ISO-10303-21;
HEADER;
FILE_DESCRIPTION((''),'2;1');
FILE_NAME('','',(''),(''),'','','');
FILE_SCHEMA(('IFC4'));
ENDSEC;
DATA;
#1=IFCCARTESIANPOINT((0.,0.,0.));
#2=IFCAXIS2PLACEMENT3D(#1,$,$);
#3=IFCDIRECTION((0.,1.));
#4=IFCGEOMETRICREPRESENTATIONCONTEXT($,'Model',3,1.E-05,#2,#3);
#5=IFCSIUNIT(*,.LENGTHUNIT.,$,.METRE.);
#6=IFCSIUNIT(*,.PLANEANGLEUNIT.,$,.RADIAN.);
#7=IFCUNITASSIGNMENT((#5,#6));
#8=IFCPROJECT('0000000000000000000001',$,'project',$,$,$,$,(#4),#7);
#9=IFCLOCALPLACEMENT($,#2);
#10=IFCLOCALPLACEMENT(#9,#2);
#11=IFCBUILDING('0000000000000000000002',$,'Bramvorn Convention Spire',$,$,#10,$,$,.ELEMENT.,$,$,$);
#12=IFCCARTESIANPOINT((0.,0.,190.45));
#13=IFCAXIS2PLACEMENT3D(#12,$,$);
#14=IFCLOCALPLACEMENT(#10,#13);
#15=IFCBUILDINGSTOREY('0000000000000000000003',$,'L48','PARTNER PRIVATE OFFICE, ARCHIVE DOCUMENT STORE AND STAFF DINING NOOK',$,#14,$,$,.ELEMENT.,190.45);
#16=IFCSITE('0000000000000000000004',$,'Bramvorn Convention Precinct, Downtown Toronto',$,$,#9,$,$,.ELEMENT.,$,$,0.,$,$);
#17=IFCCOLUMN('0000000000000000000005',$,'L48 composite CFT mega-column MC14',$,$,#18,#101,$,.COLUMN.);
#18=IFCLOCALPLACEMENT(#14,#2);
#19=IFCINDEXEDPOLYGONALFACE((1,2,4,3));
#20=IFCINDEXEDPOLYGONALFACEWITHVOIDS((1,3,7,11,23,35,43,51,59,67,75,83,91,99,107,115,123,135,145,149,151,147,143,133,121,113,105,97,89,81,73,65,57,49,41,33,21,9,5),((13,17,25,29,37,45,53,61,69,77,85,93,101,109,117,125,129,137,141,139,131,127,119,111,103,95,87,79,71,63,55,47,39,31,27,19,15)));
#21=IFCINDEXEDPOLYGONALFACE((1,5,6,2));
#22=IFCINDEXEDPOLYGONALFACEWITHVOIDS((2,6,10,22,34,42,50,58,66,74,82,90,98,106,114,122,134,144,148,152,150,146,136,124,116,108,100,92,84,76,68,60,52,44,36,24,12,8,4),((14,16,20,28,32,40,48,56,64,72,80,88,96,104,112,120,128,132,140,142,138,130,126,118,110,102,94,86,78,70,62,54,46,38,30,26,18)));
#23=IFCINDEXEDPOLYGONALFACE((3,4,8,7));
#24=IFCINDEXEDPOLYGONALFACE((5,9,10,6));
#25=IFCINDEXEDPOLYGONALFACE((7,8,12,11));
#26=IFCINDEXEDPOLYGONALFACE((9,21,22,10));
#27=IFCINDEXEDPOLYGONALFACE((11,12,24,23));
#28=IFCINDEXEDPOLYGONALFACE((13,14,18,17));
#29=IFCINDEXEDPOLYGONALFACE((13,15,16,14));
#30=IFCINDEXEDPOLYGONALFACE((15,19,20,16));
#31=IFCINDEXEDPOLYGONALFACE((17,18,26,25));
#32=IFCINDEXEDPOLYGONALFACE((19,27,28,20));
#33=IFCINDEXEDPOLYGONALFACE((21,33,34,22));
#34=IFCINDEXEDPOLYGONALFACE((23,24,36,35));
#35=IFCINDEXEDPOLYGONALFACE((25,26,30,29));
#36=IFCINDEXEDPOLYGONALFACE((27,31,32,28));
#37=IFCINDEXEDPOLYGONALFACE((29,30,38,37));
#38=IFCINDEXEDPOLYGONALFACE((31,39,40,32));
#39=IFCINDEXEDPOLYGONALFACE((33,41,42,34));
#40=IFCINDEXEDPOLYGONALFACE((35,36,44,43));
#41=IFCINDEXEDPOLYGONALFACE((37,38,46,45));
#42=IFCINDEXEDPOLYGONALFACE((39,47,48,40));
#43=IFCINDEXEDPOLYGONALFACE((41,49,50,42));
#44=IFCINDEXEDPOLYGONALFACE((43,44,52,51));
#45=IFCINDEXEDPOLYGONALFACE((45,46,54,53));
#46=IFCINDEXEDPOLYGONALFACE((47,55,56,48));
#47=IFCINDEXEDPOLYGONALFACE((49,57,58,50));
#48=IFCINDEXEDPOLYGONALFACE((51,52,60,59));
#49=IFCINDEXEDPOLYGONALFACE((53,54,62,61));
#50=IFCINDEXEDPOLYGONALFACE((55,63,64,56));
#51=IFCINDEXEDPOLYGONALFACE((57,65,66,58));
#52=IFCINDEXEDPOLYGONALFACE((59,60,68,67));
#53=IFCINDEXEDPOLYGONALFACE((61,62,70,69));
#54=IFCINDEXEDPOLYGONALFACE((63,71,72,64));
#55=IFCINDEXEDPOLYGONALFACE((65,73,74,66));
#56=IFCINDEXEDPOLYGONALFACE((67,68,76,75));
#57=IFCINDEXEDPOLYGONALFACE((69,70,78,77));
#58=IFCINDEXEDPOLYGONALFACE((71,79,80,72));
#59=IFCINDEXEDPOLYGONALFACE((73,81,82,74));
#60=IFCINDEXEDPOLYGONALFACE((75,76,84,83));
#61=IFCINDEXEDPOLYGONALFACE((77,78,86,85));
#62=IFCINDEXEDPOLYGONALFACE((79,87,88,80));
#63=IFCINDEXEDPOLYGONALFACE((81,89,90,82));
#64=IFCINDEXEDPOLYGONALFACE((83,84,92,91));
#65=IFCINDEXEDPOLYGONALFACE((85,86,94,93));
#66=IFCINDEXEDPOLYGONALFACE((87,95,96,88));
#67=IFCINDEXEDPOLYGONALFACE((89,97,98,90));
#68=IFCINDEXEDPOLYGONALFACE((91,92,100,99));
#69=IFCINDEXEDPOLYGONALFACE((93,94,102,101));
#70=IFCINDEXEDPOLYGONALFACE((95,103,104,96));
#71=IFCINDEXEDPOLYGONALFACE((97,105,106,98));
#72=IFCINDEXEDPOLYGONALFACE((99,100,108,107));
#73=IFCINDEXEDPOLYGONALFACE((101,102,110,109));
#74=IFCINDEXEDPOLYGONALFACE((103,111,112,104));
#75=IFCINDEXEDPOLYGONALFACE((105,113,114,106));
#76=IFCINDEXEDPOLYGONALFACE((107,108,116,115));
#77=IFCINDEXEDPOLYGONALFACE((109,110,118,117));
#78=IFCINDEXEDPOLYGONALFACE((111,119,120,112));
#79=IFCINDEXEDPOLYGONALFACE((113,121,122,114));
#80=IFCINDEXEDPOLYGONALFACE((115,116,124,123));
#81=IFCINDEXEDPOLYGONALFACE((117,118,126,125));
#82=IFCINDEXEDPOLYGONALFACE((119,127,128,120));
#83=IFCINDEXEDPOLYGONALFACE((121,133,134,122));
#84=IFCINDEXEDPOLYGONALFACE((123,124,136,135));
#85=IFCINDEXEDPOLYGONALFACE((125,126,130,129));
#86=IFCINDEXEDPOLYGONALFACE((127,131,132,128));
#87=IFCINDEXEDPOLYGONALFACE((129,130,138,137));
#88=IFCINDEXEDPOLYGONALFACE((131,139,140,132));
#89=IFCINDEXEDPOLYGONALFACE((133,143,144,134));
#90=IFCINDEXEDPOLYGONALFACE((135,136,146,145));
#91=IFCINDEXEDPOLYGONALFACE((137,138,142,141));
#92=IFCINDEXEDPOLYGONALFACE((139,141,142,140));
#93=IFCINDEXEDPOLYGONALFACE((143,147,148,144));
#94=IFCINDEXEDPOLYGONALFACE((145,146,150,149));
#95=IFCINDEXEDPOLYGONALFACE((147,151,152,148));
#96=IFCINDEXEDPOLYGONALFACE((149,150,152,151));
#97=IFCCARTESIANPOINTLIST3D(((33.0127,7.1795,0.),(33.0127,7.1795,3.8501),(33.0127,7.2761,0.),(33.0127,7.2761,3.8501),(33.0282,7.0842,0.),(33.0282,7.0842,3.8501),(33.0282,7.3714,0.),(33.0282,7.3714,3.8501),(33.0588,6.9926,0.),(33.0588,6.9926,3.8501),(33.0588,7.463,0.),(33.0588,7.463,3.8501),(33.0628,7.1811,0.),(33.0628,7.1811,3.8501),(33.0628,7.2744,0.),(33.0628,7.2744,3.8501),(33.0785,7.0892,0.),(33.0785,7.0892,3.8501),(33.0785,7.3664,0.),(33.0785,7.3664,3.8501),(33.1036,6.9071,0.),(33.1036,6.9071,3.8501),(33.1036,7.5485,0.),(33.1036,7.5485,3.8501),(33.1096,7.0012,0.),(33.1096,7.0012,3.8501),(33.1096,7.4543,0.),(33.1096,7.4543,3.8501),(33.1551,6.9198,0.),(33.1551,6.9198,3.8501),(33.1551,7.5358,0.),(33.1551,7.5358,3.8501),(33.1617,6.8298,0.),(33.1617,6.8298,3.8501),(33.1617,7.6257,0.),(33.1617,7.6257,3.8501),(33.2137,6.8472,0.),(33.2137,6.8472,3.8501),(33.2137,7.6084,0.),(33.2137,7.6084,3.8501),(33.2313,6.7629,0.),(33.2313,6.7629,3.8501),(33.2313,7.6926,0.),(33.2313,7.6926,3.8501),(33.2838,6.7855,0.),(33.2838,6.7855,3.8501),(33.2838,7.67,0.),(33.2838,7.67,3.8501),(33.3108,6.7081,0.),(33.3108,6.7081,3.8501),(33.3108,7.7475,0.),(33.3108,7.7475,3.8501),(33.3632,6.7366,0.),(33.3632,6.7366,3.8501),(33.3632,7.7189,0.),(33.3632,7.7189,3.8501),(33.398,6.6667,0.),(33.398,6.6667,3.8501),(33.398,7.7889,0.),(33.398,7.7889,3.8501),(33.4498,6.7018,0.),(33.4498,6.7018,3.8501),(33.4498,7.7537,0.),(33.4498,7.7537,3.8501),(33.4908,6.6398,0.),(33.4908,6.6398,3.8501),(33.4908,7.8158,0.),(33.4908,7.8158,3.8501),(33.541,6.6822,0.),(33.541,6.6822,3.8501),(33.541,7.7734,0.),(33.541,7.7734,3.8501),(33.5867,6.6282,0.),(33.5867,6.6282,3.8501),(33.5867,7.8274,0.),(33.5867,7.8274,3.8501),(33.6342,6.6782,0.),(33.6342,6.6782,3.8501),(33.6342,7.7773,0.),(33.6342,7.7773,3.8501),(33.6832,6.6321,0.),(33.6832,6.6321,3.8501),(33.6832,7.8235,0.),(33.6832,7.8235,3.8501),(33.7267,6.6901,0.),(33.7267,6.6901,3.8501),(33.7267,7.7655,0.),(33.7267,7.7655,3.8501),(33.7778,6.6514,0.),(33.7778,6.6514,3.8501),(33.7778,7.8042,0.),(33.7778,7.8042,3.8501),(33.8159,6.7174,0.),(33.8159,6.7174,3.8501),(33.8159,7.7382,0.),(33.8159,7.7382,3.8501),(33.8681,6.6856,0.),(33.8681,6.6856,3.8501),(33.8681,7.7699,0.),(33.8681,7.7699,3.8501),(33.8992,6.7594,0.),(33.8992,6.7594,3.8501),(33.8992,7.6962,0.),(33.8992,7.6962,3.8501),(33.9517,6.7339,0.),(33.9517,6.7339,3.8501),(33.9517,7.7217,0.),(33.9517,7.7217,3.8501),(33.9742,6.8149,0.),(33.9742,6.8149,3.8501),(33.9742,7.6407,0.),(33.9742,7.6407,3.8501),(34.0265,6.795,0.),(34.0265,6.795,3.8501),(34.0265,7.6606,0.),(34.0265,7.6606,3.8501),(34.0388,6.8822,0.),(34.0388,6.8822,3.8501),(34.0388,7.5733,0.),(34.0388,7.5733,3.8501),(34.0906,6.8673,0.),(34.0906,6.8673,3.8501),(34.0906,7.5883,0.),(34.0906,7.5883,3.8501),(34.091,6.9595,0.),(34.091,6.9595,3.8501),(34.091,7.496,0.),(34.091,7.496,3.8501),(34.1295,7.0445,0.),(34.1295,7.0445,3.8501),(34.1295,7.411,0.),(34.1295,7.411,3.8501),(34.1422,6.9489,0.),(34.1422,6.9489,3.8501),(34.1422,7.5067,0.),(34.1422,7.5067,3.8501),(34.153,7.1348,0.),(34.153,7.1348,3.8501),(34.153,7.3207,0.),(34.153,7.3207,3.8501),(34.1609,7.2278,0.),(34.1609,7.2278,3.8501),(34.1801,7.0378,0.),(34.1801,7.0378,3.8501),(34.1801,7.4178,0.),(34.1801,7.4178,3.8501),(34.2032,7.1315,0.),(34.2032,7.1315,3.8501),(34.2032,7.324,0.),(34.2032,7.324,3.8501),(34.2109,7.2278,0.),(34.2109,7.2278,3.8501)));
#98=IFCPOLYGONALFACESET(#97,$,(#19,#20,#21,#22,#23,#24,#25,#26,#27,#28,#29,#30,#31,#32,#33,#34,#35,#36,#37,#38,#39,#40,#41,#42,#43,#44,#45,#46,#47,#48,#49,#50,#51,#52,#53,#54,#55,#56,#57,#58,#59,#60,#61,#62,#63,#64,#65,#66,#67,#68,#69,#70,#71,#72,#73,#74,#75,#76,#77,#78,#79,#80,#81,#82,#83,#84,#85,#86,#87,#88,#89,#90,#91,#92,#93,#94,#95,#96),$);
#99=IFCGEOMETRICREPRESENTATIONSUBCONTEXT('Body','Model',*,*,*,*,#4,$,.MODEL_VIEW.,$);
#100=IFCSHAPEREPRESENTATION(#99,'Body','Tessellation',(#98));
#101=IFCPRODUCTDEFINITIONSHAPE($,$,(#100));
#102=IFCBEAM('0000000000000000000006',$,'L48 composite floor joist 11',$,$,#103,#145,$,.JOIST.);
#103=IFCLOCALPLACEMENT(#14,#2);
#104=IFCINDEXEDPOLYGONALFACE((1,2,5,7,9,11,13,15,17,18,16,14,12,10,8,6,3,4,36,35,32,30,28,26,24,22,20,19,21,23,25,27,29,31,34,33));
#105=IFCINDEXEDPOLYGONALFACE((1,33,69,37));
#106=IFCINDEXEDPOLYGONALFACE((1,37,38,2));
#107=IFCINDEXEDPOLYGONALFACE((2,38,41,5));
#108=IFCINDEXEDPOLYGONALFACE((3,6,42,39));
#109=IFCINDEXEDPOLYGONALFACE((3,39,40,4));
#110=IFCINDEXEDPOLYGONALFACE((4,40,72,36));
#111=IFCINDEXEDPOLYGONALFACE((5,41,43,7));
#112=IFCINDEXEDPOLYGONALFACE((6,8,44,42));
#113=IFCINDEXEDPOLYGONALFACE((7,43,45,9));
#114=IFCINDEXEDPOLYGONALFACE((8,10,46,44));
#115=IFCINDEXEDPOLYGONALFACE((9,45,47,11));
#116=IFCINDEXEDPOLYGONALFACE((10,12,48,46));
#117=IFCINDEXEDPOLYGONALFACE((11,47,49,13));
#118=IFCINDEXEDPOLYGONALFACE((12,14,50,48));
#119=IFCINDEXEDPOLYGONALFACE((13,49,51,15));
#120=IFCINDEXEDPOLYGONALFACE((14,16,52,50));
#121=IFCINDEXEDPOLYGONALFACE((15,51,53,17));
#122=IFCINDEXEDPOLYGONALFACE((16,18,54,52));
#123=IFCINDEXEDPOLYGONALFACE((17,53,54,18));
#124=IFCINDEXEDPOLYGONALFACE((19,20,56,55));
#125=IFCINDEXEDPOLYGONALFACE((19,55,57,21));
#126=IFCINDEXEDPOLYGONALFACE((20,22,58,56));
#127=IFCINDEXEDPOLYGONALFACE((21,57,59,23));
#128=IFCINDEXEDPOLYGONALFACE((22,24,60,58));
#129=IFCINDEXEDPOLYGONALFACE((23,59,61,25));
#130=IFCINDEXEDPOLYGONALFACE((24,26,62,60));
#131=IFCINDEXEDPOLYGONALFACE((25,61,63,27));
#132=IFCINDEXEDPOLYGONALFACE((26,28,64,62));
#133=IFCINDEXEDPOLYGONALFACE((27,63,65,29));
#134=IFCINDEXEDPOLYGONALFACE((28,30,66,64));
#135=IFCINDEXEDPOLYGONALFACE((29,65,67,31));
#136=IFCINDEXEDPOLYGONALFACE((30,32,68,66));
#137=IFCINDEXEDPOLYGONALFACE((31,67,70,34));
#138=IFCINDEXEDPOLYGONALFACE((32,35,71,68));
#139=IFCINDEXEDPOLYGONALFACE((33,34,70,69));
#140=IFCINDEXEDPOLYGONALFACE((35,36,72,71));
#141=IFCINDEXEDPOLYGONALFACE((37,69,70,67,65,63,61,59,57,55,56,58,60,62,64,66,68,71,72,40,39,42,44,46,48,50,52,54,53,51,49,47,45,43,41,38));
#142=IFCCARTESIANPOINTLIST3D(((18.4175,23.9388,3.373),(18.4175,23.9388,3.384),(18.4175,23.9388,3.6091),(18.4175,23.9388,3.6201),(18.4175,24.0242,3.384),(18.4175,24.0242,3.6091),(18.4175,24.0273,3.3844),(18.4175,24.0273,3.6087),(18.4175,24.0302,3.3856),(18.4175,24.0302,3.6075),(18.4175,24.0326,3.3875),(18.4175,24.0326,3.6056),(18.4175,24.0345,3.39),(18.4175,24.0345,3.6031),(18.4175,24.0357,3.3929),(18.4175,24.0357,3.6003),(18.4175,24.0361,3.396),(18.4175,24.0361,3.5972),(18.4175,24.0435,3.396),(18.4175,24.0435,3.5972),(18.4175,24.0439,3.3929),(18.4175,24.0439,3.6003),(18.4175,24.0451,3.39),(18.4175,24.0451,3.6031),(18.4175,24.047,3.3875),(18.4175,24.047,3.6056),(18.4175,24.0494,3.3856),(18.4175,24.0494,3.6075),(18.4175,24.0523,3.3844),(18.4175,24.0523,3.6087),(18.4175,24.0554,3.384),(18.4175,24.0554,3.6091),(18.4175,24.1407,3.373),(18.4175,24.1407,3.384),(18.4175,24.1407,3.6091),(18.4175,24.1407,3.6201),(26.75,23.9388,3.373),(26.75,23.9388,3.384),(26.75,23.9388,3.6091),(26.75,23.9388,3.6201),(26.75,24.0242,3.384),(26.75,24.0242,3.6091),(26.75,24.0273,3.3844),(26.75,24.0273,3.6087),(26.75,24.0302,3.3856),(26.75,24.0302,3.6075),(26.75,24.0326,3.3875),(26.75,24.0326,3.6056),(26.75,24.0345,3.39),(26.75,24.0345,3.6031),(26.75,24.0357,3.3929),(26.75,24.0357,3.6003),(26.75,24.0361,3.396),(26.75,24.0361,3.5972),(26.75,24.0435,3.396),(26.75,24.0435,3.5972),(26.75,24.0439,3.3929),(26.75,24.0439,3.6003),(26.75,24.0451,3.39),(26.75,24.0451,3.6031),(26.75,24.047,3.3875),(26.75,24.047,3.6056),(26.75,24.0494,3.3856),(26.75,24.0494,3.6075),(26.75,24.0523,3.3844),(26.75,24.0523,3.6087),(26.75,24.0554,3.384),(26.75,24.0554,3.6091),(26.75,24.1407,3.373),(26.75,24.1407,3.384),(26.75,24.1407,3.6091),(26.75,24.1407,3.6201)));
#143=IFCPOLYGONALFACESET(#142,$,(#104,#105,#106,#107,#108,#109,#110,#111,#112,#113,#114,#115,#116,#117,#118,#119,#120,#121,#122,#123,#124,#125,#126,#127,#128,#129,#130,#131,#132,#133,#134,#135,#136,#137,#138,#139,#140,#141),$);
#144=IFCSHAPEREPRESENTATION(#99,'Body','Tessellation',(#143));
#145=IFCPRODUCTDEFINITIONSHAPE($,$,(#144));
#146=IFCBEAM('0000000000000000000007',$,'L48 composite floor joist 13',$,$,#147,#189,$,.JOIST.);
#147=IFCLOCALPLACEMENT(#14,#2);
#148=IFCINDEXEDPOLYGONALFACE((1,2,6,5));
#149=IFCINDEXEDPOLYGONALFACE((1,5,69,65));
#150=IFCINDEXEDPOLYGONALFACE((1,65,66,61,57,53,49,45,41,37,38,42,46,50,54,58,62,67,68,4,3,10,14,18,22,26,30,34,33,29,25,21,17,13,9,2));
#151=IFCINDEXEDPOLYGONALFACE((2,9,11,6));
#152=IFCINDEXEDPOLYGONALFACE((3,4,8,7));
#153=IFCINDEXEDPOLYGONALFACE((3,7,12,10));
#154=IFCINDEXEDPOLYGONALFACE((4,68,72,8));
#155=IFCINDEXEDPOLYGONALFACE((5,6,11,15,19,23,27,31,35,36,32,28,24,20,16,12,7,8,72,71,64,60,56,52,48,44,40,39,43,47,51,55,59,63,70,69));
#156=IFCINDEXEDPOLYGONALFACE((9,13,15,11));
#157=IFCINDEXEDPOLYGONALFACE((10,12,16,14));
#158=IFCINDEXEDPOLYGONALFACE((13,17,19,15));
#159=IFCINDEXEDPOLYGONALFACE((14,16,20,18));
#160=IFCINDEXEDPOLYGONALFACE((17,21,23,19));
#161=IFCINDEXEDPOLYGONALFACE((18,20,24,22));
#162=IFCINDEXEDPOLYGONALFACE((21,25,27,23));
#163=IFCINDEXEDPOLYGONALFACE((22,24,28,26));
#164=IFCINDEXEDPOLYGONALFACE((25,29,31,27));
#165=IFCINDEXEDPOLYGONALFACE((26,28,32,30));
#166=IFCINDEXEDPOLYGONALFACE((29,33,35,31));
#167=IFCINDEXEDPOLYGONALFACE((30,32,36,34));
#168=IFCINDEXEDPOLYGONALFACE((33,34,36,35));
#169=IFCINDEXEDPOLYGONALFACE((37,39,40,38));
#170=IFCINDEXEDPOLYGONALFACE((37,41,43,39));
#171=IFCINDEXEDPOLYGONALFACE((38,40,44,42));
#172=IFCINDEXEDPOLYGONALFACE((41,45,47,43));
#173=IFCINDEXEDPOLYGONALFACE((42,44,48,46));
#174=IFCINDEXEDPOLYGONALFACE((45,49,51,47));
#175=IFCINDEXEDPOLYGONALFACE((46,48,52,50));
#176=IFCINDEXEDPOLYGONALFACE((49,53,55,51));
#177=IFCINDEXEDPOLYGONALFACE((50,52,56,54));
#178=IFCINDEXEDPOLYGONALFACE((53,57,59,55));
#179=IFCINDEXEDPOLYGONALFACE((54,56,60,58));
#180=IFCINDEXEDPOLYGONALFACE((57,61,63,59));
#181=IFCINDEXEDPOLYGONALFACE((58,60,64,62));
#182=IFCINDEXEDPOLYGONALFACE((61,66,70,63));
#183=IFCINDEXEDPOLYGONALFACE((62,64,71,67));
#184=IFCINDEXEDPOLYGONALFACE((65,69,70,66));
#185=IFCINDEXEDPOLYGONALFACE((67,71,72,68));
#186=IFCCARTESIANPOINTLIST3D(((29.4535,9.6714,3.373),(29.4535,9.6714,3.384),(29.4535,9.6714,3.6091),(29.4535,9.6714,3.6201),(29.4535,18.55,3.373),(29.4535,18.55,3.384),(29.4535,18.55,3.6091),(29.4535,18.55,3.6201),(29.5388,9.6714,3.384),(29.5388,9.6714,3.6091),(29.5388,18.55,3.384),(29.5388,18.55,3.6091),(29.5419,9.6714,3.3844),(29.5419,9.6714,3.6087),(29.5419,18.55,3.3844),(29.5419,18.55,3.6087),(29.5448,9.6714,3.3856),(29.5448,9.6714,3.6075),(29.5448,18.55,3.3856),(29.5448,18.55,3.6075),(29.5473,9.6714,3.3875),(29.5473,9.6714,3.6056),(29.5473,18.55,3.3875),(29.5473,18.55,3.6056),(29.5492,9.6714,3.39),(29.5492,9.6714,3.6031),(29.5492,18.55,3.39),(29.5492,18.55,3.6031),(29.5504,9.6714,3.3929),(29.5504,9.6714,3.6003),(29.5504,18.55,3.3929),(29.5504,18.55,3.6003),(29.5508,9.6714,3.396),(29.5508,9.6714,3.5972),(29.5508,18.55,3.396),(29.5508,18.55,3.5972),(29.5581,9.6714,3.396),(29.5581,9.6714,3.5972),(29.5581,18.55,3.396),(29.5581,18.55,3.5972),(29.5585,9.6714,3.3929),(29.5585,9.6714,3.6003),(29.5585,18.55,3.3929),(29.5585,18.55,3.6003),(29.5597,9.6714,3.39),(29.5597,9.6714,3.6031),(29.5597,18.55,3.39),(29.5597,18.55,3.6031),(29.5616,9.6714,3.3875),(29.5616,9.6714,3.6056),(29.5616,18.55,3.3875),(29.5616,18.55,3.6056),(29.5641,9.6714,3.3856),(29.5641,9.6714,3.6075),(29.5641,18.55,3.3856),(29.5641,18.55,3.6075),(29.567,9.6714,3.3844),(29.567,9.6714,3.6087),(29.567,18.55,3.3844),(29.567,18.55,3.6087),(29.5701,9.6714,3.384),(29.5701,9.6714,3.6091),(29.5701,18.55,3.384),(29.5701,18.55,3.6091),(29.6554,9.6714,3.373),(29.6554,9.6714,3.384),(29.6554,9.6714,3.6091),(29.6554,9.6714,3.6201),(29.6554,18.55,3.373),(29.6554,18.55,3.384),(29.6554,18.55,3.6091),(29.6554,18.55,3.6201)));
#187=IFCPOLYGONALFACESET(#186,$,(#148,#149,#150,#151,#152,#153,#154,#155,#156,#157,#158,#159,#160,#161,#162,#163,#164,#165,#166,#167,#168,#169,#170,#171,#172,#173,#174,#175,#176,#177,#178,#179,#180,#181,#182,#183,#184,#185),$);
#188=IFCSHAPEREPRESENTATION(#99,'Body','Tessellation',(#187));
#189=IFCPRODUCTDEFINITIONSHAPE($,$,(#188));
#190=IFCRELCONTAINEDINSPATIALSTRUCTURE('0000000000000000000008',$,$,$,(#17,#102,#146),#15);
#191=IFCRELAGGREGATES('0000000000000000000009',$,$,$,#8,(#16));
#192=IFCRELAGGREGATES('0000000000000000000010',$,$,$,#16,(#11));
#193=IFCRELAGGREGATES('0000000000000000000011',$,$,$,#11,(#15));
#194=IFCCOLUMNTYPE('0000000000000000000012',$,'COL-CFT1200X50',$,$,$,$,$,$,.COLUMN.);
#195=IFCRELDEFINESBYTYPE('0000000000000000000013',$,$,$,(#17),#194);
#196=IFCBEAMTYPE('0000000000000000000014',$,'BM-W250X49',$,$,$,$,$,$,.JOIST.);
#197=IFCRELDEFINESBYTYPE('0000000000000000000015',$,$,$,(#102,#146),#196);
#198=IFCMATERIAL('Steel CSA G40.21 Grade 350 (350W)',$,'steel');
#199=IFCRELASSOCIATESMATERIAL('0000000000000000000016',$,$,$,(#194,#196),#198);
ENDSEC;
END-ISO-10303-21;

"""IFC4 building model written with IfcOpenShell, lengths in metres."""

from ifc_helpers import new_model, si_unit, direction, frame, origin, origin_2d, place, context, subcontext, project, spatial, hollow_circle, i_section, extrude, material, material_profile, profile_set, type_object, element, save


model = new_model("IFC4")

# Units and contexts
model_context = context("Model", 3, precision=1e-05, world=origin(), true_north=direction((0.0, 1.0)))
body_context = subcontext(model_context, "Body", "Model", "MODEL_VIEW")
ifc_project = project(units=[si_unit("LENGTHUNIT", "METRE"), si_unit("PLANEANGLEUNIT", "RADIAN")], contexts=[model_context])

# Site, building, storey
site_placement = place(None, origin())
site = spatial("IfcSite", under=ifc_project, at=site_placement, Name="Bramvorn Convention Precinct, Downtown Toronto", CompositionType="ELEMENT", RefElevation=0.0)
building_placement = place(site_placement, origin())
building = spatial("IfcBuilding", under=site, at=building_placement, Name="Bramvorn Convention Spire", CompositionType="ELEMENT")
storey_placement = place(building_placement, frame((0.0, 0.0, 190.45)))
storey = spatial("IfcBuildingStorey", under=building, at=storey_placement, Name="L48", Description="PARTNER PRIVATE OFFICE, ARCHIVE DOCUMENT STORE AND STAFF DINING NOOK", CompositionType="ELEMENT", Elevation=190.45)

# Column
ifc_material_1 = material(Name="Steel CSA G40.21 Grade 350 (350W)", Category="steel")
ifc_material_profile_1 = material_profile(ifc_material_1, hollow_circle(Radius=0.6001, WallThickness=0.05, at=origin_2d()))
ifc_profile_set_1 = profile_set([ifc_material_profile_1], Name="Steel CSA G40.21 Grade 350 (350W) - CFT1200X50")
column_type = type_object("IfcColumnType", Name="COL-CFT1200X50", PredefinedType="COLUMN", material=ifc_profile_set_1)
column_placement = place(storey_placement, frame((33.6108, 7.2278, 0.0), z_axis=(0.0, 0.0, 1.0), x_axis=(1.0, 0.0, 0.0)))
element("IfcColumn", 1, at=column_placement, inside=storey, type_object=column_type, Name="L48 composite CFT mega-column MC14", PredefinedType="COLUMN", context=body_context, shape_type="SweptSolid", body=[
    extrude(hollow_circle(Radius=0.6001, WallThickness=0.05, at=origin_2d()), origin(), (0.0, 0.0, 1.0), 3.8501),
])

# Beams
ifc_material_profile_2 = material_profile(ifc_material_1, i_section(OverallWidth=0.2019, OverallDepth=0.2471, WebThickness=0.0073, FlangeThickness=0.011, FilletRadius=0.012, at=origin_2d()))
ifc_profile_set_2 = profile_set([ifc_material_profile_2], Name="Steel CSA G40.21 Grade 350 (350W) - W250X49")
beam_type_1 = type_object("IfcBeamType", Name="BM-W250X49", PredefinedType="JOIST", material=ifc_profile_set_2)
beam_1_placement = place(storey_placement, frame((26.75, 24.0398, 3.4966), z_axis=(-1.0, 0.0, 0.0), x_axis=(0.0, -1.0, 0.0)))
element("IfcBeam", 2, at=beam_1_placement, inside=storey, type_object=beam_type_1, Name="L48 composite floor joist 11", PredefinedType="JOIST", context=body_context, shape_type="SweptSolid", body=[
    extrude(i_section(OverallWidth=0.2019, OverallDepth=0.2471, WebThickness=0.0073, FlangeThickness=0.011, FilletRadius=0.012, at=origin_2d()), origin(), (0.0, 0.0, 1.0), 8.3325),
])
beam_2_placement = place(storey_placement, frame((29.5544, 18.55, 3.4966), z_axis=(0.0, -1.0, 0.0), x_axis=(1.0, 0.0, 0.0)))
element("IfcBeam", 3, at=beam_2_placement, inside=storey, type_object=beam_type_1, Name="L48 composite floor joist 13", PredefinedType="JOIST", context=body_context, shape_type="SweptSolid", body=[
    extrude(i_section(OverallWidth=0.2019, OverallDepth=0.2471, WebThickness=0.0073, FlangeThickness=0.011, FilletRadius=0.012, at=origin_2d()), origin(), (0.0, 0.0, 1.0), 8.8787),
])

save(model, "model.ifc")
